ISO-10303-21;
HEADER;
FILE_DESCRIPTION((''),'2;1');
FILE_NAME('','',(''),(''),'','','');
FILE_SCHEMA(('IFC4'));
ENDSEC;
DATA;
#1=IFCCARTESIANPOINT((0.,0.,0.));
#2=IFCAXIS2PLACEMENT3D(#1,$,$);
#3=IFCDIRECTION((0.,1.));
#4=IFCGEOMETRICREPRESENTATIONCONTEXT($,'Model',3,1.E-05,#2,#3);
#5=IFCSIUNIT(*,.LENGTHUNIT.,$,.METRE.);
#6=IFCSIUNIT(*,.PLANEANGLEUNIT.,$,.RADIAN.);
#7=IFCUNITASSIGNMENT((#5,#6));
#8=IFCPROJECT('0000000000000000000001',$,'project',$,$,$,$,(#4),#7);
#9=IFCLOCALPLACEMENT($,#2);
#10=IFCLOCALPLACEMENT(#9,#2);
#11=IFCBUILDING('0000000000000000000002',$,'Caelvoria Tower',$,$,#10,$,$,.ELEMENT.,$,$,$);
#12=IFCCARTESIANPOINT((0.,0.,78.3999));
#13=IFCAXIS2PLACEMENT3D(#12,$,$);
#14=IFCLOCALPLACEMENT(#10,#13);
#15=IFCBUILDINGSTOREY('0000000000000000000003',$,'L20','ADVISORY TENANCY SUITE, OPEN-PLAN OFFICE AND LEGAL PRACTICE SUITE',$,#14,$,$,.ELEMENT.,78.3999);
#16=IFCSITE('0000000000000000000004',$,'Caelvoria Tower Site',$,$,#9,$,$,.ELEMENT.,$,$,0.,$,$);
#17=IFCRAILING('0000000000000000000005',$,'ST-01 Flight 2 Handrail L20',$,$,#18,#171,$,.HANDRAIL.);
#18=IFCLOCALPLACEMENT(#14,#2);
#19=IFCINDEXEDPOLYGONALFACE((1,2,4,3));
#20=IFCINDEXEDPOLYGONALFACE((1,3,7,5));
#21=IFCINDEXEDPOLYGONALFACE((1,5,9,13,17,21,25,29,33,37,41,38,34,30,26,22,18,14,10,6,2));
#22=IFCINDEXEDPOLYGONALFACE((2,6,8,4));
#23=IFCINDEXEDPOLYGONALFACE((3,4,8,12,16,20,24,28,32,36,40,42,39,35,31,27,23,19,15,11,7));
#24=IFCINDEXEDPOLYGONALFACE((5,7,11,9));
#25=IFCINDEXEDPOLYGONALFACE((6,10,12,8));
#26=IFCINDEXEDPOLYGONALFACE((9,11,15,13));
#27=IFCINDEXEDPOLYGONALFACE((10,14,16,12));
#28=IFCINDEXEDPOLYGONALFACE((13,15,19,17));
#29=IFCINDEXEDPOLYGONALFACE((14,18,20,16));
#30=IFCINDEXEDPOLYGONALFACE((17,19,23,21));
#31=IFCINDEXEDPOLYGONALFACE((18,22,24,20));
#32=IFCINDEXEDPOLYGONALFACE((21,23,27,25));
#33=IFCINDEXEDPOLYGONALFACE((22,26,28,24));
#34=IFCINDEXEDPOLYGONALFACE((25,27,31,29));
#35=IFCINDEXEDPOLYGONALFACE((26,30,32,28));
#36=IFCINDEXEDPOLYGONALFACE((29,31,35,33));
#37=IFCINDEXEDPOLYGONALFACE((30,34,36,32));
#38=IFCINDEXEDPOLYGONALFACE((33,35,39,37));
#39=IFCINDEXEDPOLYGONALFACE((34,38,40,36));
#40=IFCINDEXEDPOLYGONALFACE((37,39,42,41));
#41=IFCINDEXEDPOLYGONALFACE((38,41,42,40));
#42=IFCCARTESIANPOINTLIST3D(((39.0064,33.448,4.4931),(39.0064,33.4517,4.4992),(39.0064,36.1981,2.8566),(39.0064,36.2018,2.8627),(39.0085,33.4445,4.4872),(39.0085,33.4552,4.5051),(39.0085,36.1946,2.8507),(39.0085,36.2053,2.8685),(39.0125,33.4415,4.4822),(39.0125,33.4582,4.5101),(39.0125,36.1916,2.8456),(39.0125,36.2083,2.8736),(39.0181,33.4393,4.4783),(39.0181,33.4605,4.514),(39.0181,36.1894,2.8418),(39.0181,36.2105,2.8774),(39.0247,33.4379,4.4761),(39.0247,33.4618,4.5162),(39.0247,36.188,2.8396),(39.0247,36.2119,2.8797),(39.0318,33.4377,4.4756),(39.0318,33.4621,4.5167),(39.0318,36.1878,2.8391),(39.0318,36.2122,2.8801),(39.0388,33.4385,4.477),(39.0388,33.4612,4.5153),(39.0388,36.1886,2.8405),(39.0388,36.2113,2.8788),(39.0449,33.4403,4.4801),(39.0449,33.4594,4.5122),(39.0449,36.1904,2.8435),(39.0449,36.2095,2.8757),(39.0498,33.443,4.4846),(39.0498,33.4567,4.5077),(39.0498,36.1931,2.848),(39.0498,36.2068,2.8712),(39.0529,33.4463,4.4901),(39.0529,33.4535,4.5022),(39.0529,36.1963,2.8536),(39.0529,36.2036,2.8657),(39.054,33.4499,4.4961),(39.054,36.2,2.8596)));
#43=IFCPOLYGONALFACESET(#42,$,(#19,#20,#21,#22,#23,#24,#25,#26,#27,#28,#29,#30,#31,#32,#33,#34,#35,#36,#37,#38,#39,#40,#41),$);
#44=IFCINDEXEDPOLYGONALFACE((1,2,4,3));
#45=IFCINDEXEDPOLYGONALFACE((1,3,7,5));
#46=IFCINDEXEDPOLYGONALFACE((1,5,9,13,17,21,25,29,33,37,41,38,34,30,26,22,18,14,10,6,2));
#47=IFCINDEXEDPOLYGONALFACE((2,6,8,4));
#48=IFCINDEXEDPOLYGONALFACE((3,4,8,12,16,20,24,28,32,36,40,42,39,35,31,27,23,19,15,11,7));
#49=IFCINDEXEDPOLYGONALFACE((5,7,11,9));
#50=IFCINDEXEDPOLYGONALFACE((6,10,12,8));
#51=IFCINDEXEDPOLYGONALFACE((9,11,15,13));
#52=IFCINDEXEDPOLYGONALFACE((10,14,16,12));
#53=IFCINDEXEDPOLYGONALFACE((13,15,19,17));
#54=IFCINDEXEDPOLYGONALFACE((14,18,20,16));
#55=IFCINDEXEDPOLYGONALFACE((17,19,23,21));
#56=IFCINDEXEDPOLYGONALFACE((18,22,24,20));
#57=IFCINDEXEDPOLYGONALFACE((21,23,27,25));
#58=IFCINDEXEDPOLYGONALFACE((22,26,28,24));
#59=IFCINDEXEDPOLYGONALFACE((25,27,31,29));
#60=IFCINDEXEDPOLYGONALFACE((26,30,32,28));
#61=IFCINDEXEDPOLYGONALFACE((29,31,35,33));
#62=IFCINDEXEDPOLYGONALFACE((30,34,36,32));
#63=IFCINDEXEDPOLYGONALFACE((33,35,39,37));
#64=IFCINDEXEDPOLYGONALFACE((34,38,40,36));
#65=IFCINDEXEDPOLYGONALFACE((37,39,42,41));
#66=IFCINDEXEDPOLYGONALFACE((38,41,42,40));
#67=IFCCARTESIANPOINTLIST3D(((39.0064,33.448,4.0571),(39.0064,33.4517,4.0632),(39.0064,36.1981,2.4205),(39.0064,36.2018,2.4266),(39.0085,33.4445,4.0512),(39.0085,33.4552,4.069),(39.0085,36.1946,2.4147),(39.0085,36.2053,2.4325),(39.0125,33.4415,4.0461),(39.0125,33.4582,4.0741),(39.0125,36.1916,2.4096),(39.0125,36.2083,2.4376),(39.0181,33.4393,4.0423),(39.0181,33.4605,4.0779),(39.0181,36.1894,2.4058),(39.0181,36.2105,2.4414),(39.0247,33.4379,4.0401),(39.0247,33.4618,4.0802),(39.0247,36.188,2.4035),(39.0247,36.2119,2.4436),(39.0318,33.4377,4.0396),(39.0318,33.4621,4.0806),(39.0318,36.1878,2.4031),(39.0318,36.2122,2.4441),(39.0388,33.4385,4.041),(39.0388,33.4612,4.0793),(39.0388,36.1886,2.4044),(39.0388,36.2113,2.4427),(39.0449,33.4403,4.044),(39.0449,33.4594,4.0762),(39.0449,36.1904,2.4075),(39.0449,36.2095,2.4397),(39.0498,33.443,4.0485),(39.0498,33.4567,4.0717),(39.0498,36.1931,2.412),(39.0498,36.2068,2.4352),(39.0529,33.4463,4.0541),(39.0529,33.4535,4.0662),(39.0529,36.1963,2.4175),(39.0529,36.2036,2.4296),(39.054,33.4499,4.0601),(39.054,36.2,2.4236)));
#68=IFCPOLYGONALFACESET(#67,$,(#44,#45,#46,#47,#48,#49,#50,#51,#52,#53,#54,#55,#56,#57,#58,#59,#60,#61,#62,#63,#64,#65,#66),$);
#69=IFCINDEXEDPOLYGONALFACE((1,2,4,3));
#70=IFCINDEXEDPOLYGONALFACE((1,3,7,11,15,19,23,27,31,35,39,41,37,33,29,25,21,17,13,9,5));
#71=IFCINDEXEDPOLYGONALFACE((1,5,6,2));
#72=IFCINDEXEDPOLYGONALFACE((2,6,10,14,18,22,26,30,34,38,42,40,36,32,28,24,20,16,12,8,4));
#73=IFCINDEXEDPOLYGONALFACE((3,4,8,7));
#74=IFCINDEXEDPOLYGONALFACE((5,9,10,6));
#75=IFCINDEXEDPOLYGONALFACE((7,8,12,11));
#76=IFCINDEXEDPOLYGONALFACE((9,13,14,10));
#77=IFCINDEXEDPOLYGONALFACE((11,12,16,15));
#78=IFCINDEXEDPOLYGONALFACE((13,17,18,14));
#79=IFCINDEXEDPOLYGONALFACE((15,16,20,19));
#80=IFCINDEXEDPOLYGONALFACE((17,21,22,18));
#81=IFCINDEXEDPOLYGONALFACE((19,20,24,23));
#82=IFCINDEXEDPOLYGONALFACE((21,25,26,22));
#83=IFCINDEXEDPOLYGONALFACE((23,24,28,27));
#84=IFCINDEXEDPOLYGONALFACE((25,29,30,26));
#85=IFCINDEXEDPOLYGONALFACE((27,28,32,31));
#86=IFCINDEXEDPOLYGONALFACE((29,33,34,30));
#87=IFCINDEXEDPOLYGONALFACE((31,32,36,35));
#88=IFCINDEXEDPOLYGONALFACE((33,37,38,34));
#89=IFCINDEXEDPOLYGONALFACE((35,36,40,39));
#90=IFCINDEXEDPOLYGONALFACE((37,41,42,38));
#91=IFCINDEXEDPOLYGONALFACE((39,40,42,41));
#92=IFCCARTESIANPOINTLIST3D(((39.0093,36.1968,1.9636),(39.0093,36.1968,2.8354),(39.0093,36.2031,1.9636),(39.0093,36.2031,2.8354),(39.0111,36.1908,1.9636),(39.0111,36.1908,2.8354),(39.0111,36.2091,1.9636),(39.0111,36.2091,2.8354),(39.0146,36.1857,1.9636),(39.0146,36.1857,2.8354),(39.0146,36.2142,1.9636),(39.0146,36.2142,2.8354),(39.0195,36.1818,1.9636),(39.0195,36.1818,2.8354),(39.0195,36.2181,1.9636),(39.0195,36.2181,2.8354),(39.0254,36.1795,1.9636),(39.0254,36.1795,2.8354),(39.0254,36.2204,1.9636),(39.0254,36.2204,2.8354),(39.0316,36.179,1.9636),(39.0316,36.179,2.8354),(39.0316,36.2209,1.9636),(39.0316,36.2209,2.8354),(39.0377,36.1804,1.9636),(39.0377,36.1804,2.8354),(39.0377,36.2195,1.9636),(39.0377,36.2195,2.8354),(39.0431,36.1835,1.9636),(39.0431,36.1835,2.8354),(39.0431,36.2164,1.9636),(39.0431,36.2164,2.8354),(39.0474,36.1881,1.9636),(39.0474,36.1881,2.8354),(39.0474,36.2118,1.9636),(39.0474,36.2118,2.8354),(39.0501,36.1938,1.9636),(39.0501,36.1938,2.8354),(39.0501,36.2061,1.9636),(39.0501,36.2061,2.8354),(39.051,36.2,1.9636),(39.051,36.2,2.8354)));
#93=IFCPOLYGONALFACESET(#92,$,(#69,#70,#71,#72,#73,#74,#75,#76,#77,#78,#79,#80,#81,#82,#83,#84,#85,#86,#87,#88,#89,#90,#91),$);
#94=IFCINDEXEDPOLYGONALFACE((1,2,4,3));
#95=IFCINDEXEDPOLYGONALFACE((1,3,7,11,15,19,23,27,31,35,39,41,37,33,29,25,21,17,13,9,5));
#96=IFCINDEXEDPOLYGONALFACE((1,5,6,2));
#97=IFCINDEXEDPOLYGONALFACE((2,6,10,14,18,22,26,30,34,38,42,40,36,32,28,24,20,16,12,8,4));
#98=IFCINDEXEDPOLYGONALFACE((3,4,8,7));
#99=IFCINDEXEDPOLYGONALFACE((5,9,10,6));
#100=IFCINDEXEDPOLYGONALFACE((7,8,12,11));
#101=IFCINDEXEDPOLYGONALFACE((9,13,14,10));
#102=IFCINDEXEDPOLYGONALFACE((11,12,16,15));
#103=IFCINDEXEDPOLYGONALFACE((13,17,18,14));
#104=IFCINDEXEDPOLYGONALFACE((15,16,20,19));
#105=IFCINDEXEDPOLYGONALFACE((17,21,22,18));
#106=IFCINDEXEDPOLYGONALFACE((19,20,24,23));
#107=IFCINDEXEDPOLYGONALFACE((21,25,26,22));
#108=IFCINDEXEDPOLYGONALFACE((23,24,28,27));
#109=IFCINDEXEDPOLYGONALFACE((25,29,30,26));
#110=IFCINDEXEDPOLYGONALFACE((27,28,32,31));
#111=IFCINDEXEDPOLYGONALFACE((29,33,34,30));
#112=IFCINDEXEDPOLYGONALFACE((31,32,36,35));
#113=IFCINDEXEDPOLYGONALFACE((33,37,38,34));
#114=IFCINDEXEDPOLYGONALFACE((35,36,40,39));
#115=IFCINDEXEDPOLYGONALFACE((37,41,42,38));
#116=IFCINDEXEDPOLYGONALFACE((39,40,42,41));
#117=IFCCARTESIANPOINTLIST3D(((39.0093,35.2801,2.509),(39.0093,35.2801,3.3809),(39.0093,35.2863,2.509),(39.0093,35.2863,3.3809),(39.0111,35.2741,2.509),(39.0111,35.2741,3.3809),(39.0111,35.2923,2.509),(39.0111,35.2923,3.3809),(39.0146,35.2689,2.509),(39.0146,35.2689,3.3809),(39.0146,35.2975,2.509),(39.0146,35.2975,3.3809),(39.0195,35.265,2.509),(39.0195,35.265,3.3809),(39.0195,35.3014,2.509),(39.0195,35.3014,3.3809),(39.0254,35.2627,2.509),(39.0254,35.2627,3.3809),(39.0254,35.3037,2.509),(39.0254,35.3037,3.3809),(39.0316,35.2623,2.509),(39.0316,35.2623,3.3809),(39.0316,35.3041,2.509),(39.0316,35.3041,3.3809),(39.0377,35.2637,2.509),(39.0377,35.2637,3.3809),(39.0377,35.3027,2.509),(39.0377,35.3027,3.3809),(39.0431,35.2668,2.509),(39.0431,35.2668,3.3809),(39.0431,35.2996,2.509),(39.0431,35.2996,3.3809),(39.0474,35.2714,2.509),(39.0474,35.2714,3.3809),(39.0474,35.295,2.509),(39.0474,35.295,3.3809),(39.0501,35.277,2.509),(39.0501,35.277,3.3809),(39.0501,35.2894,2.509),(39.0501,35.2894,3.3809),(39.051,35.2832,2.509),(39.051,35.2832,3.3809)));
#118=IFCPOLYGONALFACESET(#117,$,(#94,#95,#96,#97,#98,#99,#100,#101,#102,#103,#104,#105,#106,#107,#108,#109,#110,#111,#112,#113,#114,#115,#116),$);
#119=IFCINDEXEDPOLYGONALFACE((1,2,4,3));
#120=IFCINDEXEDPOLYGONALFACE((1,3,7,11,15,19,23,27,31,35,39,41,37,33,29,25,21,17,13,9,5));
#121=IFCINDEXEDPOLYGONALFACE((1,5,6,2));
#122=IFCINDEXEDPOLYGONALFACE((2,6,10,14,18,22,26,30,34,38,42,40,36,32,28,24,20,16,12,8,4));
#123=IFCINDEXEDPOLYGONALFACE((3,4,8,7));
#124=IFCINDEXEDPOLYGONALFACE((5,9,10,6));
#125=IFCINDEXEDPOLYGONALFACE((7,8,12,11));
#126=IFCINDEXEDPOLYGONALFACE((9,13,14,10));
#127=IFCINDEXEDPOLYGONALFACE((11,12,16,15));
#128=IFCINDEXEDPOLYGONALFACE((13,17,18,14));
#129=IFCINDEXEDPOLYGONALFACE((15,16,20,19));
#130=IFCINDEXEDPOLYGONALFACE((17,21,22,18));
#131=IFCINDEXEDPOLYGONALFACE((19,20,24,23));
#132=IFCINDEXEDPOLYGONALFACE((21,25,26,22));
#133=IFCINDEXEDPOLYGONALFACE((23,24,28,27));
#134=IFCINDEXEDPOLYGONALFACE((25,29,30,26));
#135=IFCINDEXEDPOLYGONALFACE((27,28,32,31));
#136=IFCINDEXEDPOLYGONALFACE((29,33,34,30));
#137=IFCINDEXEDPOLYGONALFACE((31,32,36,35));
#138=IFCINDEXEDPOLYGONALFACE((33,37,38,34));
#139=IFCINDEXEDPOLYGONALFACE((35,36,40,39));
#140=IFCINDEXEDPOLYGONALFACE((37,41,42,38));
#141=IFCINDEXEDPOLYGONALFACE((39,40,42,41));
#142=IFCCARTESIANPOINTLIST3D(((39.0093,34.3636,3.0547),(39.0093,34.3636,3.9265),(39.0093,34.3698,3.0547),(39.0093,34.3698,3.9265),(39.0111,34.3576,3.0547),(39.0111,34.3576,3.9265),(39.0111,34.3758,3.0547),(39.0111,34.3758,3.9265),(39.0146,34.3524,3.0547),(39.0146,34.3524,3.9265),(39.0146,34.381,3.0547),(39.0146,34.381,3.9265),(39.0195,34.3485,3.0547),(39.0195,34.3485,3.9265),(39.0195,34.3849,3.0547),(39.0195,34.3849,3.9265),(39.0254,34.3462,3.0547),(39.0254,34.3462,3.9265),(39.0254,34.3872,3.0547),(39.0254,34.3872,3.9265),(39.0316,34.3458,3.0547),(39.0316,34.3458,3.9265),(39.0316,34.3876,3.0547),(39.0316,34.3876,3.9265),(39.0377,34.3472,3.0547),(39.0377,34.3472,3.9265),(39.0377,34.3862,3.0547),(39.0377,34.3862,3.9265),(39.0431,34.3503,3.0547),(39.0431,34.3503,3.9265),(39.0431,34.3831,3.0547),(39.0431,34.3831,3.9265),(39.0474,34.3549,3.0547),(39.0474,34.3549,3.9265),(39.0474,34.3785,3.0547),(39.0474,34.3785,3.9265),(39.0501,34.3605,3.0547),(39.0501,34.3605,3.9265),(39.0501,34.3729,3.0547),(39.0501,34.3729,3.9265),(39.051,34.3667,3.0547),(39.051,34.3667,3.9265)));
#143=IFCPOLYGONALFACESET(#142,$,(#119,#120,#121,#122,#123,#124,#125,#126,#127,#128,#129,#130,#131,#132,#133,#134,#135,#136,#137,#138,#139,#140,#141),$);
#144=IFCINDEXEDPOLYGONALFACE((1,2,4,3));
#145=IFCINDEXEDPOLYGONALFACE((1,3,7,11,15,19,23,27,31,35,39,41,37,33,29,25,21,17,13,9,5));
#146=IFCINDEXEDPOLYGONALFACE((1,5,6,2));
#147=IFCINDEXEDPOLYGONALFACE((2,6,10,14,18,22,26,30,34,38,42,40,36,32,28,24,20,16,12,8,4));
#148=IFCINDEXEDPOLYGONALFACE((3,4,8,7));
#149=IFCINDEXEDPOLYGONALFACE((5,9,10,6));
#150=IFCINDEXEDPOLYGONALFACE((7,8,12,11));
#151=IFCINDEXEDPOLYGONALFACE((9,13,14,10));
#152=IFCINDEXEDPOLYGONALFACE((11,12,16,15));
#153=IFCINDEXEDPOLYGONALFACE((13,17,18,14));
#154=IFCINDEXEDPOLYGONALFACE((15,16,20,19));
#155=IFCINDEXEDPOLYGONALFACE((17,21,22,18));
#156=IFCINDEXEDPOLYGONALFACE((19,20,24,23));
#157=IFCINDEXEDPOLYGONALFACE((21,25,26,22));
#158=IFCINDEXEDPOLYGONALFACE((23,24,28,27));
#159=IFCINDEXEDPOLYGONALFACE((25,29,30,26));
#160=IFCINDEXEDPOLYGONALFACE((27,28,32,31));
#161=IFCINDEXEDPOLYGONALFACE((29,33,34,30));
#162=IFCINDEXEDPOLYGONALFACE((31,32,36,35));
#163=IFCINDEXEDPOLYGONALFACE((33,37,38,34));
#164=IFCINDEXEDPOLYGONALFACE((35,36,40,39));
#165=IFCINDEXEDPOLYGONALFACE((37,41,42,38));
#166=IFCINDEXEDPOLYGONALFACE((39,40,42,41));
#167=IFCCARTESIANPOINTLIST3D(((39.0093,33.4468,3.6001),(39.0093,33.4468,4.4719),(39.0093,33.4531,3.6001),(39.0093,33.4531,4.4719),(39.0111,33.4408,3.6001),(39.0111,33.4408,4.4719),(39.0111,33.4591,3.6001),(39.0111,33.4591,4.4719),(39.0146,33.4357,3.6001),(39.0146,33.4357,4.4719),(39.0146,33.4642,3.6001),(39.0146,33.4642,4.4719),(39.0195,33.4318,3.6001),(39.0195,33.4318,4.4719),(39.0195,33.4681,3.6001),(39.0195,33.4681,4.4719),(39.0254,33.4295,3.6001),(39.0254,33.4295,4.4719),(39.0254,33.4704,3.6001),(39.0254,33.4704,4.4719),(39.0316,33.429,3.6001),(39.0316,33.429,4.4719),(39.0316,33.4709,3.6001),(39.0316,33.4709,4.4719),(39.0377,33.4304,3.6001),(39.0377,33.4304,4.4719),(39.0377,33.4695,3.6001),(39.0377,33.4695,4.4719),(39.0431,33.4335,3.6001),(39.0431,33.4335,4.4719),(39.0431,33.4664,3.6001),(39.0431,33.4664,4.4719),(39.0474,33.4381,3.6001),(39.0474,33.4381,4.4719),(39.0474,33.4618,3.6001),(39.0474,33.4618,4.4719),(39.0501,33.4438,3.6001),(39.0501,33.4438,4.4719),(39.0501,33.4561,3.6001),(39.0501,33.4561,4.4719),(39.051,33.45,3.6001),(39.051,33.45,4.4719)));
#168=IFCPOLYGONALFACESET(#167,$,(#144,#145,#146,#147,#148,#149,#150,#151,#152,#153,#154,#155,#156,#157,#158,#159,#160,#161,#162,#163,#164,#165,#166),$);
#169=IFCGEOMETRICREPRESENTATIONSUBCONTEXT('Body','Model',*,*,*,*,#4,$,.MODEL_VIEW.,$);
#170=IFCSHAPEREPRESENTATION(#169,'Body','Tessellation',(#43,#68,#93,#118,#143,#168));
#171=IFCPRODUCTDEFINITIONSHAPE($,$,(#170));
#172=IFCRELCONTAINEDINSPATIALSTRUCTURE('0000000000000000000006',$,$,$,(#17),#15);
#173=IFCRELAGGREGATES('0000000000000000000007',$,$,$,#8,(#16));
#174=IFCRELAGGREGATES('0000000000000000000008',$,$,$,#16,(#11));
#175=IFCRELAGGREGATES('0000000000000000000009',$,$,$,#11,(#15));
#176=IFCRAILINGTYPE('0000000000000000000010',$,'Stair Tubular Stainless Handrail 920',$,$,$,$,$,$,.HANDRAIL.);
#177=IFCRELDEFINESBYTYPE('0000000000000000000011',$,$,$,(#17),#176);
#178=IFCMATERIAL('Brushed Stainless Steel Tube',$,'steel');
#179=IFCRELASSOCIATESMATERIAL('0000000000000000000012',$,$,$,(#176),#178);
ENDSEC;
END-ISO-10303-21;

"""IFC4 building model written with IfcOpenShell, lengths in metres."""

from ifc_helpers import new_model, si_unit, direction, frame, origin, origin_2d, place, context, subcontext, project, spatial, circle, extrude, material, type_object, element, save


model = new_model("IFC4")

# Units and contexts
model_context = context("Model", 3, precision=1e-05, world=origin(), true_north=direction((0.0, 1.0)))
body_context = subcontext(model_context, "Body", "Model", "MODEL_VIEW")
ifc_project = project(units=[si_unit("LENGTHUNIT", "METRE"), si_unit("PLANEANGLEUNIT", "RADIAN")], contexts=[model_context])

# Site, building, storey
site_placement = place(None, origin())
site = spatial("IfcSite", under=ifc_project, at=site_placement, Name="Caelvoria Tower Site", CompositionType="ELEMENT", RefElevation=0.0)
building_placement = place(site_placement, origin())
building = spatial("IfcBuilding", under=site, at=building_placement, Name="Caelvoria Tower", CompositionType="ELEMENT")
storey_placement = place(building_placement, frame((0.0, 0.0, 78.3999)))
storey = spatial("IfcBuildingStorey", under=building, at=storey_placement, Name="L20", Description="ADVISORY TENANCY SUITE, OPEN-PLAN OFFICE AND LEGAL PRACTICE SUITE", CompositionType="ELEMENT", Elevation=78.3999)

# Railing
ifc_material_1 = material(Name="Brushed Stainless Steel Tube", Category="steel")
railing_type_1 = type_object("IfcRailingType", Name="Stair Tubular Stainless Handrail 920", PredefinedType="HANDRAIL", material=ifc_material_1)
railing_1_placement = place(storey_placement, frame((39.03, 36.2, 1.9636)))
element("IfcRailing", 1, at=railing_1_placement, inside=storey, type_object=railing_type_1, Name="ST-01 Flight 2 Handrail L20", PredefinedType="HANDRAIL", context=body_context, shape_type="SweptSolid", body=[
    extrude(circle(Radius=0.0239, at=origin_2d()), frame((0.0, 0.0, 0.896), z_axis=(0.0, -0.859352, 0.511385), x_axis=(1.0, 0.0, 0.0)), (0.0, 0.0, 1.0), 3.2002),
    extrude(circle(Radius=0.0239, at=origin_2d()), frame((0.0, 0.0, 0.46), z_axis=(0.0, -0.859352, 0.511385), x_axis=(1.0, 0.0, 0.0)), (0.0, 0.0, 1.0), 3.2002),
    extrude(circle(Radius=0.021, at=origin_2d()), origin(), (0.0, 0.0, 1.0), 0.8718),
    extrude(circle(Radius=0.021, at=origin_2d()), frame((0.0, -0.9167, 0.5454)), (0.0, 0.0, 1.0), 0.8718),
    extrude(circle(Radius=0.021, at=origin_2d()), frame((0.0, -1.8333, 1.0911)), (0.0, 0.0, 1.0), 0.8718),
    extrude(circle(Radius=0.021, at=origin_2d()), frame((0.0, -2.75, 1.6365)), (0.0, 0.0, 1.0), 0.8718),
])

save(model, "model.ifc")
